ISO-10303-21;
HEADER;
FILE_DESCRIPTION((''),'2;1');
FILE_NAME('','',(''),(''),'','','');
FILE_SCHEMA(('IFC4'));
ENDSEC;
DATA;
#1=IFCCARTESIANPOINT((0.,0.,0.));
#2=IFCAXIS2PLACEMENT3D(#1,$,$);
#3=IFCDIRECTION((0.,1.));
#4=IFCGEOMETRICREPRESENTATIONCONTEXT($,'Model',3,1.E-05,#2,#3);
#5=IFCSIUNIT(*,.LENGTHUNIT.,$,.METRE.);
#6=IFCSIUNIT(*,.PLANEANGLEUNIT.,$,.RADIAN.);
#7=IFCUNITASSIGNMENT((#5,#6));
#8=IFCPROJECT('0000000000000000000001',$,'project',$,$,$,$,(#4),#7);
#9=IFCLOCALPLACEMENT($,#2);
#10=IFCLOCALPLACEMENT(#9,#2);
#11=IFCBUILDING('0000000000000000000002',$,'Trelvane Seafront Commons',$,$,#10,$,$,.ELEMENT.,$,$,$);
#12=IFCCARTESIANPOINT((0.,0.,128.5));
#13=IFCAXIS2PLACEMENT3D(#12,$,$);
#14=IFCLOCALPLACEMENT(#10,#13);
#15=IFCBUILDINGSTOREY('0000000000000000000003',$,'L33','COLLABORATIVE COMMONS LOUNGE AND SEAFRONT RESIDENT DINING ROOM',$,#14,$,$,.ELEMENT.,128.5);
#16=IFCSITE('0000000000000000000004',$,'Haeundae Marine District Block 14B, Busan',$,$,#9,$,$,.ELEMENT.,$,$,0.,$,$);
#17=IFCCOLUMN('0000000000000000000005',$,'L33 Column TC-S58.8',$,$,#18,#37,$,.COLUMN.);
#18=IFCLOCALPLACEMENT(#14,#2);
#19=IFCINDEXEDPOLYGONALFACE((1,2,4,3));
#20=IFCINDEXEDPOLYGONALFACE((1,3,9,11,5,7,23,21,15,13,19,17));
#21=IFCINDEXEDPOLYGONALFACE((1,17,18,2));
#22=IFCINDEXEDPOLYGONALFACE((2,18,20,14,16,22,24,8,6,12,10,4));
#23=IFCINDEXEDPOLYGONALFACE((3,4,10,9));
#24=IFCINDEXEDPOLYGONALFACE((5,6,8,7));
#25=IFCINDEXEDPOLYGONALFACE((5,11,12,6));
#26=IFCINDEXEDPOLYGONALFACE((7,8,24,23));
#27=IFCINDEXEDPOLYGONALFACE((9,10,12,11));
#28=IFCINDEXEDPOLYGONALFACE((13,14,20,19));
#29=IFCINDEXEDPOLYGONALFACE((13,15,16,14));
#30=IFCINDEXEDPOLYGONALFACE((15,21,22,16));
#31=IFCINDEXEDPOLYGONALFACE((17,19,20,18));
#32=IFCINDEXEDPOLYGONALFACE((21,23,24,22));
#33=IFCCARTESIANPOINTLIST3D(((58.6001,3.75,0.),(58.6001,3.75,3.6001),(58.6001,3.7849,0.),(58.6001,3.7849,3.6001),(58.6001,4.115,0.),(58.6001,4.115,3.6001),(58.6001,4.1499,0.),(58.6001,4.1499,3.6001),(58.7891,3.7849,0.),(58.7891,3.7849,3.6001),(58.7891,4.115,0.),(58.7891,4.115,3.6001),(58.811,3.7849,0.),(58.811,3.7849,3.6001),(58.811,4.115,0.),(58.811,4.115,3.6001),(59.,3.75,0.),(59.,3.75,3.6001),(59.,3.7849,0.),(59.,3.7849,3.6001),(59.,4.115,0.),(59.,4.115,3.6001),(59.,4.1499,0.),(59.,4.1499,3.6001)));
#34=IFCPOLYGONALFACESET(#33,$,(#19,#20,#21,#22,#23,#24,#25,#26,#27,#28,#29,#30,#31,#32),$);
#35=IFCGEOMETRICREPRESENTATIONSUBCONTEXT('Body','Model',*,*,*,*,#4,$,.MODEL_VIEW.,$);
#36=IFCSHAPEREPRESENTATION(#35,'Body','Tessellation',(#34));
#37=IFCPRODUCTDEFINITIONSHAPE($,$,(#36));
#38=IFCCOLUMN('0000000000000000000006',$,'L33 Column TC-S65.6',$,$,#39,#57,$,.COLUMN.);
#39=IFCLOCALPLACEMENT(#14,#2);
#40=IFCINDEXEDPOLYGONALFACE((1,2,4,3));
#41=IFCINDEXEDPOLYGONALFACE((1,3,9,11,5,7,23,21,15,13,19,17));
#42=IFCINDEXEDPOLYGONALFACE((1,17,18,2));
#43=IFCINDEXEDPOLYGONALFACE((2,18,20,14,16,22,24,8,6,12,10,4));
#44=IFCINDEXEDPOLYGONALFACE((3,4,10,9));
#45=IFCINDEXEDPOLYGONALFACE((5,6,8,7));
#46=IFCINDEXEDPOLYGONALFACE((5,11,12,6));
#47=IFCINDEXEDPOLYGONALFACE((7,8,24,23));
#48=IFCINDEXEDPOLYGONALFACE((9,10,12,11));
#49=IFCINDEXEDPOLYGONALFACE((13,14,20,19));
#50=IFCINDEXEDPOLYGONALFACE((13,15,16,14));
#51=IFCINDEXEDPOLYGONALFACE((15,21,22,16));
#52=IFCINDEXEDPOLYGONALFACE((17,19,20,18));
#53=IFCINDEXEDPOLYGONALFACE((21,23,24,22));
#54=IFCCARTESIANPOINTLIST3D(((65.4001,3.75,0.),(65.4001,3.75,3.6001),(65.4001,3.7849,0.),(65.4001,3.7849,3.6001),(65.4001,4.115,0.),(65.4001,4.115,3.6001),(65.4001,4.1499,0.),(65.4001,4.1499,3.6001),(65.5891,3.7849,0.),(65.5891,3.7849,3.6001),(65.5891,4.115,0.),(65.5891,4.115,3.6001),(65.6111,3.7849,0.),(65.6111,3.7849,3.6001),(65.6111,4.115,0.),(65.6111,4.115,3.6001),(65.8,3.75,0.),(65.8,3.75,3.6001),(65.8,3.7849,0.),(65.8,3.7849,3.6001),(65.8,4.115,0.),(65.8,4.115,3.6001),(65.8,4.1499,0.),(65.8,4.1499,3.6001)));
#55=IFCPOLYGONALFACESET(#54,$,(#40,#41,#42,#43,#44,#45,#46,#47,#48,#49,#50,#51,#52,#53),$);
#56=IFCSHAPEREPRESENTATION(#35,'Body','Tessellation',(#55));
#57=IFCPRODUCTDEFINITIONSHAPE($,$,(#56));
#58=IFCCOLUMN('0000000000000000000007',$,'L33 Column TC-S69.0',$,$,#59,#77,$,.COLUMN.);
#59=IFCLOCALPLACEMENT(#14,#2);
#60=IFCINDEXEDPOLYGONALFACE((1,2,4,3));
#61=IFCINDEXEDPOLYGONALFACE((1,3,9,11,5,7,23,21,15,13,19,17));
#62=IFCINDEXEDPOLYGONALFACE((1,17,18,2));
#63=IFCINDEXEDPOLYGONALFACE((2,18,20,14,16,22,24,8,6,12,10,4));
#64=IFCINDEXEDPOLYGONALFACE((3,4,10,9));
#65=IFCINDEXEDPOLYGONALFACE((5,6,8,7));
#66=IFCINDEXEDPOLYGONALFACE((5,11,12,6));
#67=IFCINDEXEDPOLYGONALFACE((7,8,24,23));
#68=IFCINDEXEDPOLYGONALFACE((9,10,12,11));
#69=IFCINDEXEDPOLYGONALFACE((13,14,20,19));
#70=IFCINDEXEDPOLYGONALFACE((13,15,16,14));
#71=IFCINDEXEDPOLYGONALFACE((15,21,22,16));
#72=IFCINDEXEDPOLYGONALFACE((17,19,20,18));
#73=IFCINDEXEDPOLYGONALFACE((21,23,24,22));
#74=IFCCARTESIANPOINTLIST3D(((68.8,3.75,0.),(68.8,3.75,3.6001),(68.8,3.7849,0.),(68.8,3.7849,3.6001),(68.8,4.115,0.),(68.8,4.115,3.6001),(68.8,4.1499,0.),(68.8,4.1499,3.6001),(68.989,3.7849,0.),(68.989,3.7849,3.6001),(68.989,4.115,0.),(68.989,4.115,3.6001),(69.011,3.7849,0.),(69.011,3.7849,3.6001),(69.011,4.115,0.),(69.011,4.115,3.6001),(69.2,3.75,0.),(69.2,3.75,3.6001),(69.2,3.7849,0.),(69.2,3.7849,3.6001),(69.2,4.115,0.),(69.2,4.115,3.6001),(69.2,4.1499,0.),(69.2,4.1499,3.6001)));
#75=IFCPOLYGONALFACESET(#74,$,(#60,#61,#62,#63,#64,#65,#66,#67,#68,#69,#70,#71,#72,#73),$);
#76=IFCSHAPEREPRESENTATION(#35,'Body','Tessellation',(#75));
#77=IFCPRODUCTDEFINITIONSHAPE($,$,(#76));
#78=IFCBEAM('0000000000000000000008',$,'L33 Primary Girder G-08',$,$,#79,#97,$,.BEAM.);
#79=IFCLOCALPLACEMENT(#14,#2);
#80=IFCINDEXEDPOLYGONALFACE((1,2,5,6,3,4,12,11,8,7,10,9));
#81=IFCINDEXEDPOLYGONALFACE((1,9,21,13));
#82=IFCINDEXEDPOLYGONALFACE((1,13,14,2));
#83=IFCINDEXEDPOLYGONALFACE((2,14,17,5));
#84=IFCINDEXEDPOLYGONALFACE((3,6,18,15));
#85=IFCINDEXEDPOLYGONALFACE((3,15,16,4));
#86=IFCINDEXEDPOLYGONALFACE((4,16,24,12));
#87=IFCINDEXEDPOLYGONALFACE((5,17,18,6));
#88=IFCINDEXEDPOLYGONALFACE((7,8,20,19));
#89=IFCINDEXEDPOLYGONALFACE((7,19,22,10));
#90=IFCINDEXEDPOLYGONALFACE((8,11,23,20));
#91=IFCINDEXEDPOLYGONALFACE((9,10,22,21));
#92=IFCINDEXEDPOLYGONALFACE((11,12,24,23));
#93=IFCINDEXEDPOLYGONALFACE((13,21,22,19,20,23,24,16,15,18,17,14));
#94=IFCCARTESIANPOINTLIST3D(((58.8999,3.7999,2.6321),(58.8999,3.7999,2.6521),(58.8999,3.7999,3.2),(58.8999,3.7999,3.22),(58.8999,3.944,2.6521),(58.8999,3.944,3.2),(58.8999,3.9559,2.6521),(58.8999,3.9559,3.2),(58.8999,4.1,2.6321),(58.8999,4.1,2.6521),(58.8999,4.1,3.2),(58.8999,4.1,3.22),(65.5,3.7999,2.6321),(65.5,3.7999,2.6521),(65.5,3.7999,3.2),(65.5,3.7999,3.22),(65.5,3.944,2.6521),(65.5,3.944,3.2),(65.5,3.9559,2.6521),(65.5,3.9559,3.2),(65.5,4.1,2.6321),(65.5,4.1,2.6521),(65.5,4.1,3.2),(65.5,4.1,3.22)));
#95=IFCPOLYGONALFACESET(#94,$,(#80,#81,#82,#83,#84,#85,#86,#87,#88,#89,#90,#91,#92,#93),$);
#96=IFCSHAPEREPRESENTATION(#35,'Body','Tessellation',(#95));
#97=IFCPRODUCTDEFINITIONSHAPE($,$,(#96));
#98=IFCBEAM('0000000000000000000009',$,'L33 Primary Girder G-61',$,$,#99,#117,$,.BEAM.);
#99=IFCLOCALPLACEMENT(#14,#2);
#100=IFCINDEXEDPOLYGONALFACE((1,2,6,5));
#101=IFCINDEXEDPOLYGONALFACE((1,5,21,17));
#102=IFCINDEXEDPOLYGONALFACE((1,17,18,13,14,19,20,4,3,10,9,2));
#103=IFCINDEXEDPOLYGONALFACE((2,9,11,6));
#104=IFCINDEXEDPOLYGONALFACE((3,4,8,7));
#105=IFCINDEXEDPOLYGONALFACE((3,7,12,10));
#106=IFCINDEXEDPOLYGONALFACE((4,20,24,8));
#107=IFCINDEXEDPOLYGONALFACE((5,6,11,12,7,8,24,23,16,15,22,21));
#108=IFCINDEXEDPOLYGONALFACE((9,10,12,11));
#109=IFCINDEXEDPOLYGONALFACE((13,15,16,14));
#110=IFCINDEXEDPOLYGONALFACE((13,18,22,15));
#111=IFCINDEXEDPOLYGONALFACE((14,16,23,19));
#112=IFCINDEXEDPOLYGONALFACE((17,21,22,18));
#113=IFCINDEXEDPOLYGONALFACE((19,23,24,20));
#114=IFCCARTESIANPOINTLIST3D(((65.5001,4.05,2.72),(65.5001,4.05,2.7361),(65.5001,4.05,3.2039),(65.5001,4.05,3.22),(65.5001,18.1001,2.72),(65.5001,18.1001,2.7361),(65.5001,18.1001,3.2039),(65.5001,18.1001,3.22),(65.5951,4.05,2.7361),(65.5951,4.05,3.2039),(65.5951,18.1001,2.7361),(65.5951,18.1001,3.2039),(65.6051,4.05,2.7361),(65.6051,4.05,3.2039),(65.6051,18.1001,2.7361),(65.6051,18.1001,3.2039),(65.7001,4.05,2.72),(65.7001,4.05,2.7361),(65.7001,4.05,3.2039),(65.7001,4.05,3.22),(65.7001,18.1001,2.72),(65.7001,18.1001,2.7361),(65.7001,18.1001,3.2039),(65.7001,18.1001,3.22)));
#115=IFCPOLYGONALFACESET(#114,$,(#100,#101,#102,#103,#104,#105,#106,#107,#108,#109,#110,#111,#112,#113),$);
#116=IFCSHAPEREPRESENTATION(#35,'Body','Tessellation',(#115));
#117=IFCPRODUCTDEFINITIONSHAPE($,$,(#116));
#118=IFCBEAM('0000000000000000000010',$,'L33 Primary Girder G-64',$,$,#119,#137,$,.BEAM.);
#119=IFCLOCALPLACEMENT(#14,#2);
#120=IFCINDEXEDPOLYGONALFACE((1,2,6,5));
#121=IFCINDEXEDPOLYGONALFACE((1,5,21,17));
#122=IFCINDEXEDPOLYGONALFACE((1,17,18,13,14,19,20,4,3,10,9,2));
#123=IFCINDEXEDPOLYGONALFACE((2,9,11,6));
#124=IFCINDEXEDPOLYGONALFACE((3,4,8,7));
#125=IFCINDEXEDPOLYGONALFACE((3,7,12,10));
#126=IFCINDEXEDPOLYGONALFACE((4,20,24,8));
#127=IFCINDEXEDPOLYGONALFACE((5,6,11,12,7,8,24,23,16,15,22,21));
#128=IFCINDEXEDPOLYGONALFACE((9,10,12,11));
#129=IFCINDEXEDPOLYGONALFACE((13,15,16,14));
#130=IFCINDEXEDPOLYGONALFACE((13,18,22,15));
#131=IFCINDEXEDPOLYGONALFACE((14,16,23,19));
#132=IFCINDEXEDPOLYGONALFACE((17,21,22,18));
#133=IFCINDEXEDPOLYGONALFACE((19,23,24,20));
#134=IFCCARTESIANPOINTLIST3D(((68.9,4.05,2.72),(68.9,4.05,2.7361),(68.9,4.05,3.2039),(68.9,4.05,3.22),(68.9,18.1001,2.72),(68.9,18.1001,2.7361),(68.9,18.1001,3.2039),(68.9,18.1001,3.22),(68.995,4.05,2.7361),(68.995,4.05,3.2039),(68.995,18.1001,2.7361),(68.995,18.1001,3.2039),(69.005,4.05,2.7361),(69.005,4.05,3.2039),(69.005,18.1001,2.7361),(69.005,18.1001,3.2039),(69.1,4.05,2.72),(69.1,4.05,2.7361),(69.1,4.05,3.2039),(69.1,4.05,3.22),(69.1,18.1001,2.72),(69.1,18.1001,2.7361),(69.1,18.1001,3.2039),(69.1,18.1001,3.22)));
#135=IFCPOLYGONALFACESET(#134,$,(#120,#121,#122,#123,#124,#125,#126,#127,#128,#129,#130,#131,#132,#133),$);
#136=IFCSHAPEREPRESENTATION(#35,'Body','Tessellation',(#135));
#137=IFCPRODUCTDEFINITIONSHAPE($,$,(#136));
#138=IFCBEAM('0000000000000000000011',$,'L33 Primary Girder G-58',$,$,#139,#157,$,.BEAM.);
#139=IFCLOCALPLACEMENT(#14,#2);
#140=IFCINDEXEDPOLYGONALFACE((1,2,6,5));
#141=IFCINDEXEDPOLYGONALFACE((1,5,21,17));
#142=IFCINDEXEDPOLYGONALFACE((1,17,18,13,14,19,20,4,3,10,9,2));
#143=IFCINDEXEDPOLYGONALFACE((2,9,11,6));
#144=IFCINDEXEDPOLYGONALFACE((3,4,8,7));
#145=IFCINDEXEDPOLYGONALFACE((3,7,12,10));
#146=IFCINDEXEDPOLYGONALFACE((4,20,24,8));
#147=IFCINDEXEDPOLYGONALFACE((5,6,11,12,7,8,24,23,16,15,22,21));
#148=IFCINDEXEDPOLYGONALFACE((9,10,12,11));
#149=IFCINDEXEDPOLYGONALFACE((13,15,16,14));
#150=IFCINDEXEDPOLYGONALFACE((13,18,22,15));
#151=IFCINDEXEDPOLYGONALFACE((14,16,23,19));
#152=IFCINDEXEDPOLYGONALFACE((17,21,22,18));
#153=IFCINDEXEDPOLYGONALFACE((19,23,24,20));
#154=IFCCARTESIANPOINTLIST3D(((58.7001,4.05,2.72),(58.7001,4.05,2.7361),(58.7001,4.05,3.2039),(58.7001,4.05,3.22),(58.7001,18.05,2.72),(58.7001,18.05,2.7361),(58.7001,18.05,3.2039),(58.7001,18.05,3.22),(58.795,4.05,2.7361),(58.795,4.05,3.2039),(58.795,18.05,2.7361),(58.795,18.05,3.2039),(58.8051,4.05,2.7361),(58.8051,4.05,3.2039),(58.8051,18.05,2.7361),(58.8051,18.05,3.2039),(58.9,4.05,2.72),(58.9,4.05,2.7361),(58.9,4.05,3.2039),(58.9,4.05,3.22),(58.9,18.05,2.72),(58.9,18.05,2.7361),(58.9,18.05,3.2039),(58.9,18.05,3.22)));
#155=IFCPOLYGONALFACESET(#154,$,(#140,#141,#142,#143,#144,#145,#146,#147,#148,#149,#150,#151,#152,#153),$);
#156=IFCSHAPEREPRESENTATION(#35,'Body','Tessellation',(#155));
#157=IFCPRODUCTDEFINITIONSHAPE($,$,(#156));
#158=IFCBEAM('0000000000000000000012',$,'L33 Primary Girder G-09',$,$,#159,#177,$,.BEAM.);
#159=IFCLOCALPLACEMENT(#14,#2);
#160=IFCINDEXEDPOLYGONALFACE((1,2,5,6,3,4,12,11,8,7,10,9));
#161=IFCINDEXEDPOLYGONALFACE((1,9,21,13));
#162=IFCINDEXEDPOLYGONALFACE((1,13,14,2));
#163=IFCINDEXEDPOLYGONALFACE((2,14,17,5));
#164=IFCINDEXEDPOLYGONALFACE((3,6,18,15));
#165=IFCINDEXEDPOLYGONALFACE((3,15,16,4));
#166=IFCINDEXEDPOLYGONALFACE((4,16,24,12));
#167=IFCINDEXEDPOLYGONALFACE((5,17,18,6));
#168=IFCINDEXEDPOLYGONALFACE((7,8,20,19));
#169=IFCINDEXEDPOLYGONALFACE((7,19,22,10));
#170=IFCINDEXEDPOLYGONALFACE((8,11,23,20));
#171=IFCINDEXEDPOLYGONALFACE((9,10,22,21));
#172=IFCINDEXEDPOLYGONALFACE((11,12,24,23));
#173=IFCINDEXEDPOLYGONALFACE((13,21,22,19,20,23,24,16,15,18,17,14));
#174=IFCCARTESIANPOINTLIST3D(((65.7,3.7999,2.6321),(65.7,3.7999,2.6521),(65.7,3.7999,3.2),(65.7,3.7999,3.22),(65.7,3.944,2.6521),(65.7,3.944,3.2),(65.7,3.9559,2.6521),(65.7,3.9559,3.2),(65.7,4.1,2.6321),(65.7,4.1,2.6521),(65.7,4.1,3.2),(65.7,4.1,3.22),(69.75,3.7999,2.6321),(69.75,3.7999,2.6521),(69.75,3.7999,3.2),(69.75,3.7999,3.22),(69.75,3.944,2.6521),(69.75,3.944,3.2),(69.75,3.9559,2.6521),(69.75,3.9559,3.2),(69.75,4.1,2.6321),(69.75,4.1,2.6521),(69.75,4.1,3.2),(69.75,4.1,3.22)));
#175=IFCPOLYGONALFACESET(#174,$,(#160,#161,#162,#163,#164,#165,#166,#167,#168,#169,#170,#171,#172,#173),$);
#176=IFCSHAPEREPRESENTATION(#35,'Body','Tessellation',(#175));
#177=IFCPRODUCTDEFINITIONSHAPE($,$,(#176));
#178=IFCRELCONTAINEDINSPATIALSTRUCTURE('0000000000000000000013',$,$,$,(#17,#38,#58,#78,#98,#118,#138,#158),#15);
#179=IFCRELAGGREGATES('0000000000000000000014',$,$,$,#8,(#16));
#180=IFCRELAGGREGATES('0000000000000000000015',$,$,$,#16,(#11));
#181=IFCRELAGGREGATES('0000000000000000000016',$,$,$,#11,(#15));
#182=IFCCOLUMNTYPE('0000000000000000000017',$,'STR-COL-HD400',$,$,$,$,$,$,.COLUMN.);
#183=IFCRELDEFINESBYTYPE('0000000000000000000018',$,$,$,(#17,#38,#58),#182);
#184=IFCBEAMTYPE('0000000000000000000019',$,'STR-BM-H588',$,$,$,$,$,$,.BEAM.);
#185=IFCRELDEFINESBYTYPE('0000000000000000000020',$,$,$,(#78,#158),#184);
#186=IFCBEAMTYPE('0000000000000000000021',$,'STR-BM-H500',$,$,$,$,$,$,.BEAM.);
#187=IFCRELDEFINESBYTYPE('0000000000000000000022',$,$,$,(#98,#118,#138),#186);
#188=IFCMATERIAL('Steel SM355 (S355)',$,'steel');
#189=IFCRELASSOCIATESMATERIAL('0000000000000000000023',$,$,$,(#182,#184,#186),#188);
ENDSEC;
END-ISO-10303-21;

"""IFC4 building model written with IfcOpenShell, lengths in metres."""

from ifc_helpers import new_model, si_unit, direction, frame, origin, origin_2d, place, context, subcontext, project, spatial, i_section, extrude, source, transform, mapped, material, material_profile, profile_set, type_object, element, save


model = new_model("IFC4")

# Units and contexts
model_context = context("Model", 3, precision=1e-05, world=origin(), true_north=direction((0.0, 1.0)))
body_context = subcontext(model_context, "Body", "Model", "MODEL_VIEW")
ifc_project = project(units=[si_unit("LENGTHUNIT", "METRE"), si_unit("PLANEANGLEUNIT", "RADIAN")], contexts=[model_context])

# Site, building, storey
site_placement = place(None, origin())
site = spatial("IfcSite", under=ifc_project, at=site_placement, Name="Haeundae Marine District Block 14B, Busan", CompositionType="ELEMENT", RefElevation=0.0)
building_placement = place(site_placement, origin())
building = spatial("IfcBuilding", under=site, at=building_placement, Name="Trelvane Seafront Commons", CompositionType="ELEMENT")
storey_placement = place(building_placement, frame((0.0, 0.0, 128.5)))
storey = spatial("IfcBuildingStorey", under=building, at=storey_placement, Name="L33", Description="COLLABORATIVE COMMONS LOUNGE AND SEAFRONT RESIDENT DINING ROOM", CompositionType="ELEMENT", Elevation=128.5)

# Columns
ifc_material_1 = material(Name="Steel SM355 (S355)", Category="steel")
ifc_material_profile_1 = material_profile(ifc_material_1, i_section(OverallWidth=0.3999, OverallDepth=0.3999, WebThickness=0.022, FlangeThickness=0.0349, at=origin_2d()), Name="HD-400x400x22x35")
ifc_profile_set_1 = profile_set([ifc_material_profile_1], Name="Steel SM355 (S355)")
column_type = type_object("IfcColumnType", Name="STR-COL-HD400", PredefinedType="COLUMN", material=ifc_profile_set_1)
shared_shape_1 = source(origin(), body_context, "Body", "SweptSolid", [
    extrude(i_section(OverallWidth=0.3999, OverallDepth=0.3999, WebThickness=0.022, FlangeThickness=0.0349, at=origin_2d()), origin(), (0.0, 0.0, 1.0), 3.6001),
])
for number, where, z_axis, x_axis, name in (
    (1, (58.8, 3.95, 0.0), (0.0, 0.0, 1.0), (1.0, 0.0, 0.0), "L33 Column TC-S58.8"),
    (2, (65.6001, 3.95, 0.0), (0.0, 0.0, 1.0), (1.0, 0.0, 0.0), "L33 Column TC-S65.6"),
    (3, (69.0, 3.95, 0.0), (0.0, 0.0, 1.0), (1.0, 0.0, 0.0), "L33 Column TC-S69.0"),
):
    element("IfcColumn", number, at=place(storey_placement, frame(where, z_axis=z_axis, x_axis=x_axis)), inside=storey, type_object=column_type, Name=name, PredefinedType="COLUMN", context=body_context, shape_type="MappedRepresentation", body=[
        mapped(shared_shape_1, transform((0.0, 0.0, 0.0), x_axis=(1.0, 0.0, 0.0), y_axis=(0.0, 1.0, 0.0), z_axis=(0.0, 0.0, 1.0), scale=1.0)),
    ])

# Beams
ifc_material_profile_2 = material_profile(ifc_material_1, i_section(OverallWidth=0.3, OverallDepth=0.5879, WebThickness=0.012, FlangeThickness=0.02, at=origin_2d()), Name="H-588x300x12x20")
ifc_profile_set_2 = profile_set([ifc_material_profile_2], Name="Steel SM355 (S355)")
beam_type_1 = type_object("IfcBeamType", Name="STR-BM-H588", PredefinedType="BEAM", material=ifc_profile_set_2)
shared_shape_2 = source(origin(), body_context, "Body", "SweptSolid", [
    extrude(i_section(OverallWidth=0.3, OverallDepth=0.5879, WebThickness=0.012, FlangeThickness=0.02, at=origin_2d()), origin(), (0.0, 0.0, 1.0), 6.6001),
])
beam_1_placement = place(storey_placement, frame((58.8999, 3.95, 2.926), z_axis=(1.0, 0.0, 0.0), x_axis=(0.0, 1.0, 0.0)))
element("IfcBeam", 4, at=beam_1_placement, inside=storey, type_object=beam_type_1, Name="L33 Primary Girder G-08", PredefinedType="BEAM", context=body_context, shape_type="MappedRepresentation", body=[
    mapped(shared_shape_2, transform((0.0, 0.0, 0.0), x_axis=(1.0, 0.0, 0.0), y_axis=(0.0, 1.0, 0.0), z_axis=(0.0, 0.0, 1.0), scale=1.0)),
])
ifc_material_profile_3 = material_profile(ifc_material_1, i_section(OverallWidth=0.2, OverallDepth=0.5, WebThickness=0.01, FlangeThickness=0.0161, at=origin_2d()), Name="H-500x200x10x16")
ifc_profile_set_3 = profile_set([ifc_material_profile_3], Name="Steel SM355 (S355)")
beam_type_2 = type_object("IfcBeamType", Name="STR-BM-H500", PredefinedType="BEAM", material=ifc_profile_set_3)
shared_shape_3 = source(origin(), body_context, "Body", "SweptSolid", [
    extrude(i_section(OverallWidth=0.2, OverallDepth=0.5, WebThickness=0.01, FlangeThickness=0.0161, at=origin_2d()), origin(), (0.0, 0.0, 1.0), 14.05),
])
for number, where, z_axis, x_axis, name in (
    (5, (65.6001, 4.05, 2.97), (0.0, 1.0, 0.0), (-1.0, 0.0, 0.0), "L33 Primary Girder G-61"),
    (6, (69.0, 4.05, 2.97), (0.0, 1.0, 0.0), (-1.0, 0.0, 0.0), "L33 Primary Girder G-64"),
):
    element("IfcBeam", number, at=place(storey_placement, frame(where, z_axis=z_axis, x_axis=x_axis)), inside=storey, type_object=beam_type_2, Name=name, PredefinedType="BEAM", context=body_context, shape_type="MappedRepresentation", body=[
        mapped(shared_shape_3, transform((0.0, 0.0, 0.0), x_axis=(1.0, 0.0, 0.0), y_axis=(0.0, 1.0, 0.0), z_axis=(0.0, 0.0, 1.0), scale=1.0)),
    ])
shared_shape_4 = source(origin(), body_context, "Body", "SweptSolid", [
    extrude(i_section(OverallWidth=0.2, OverallDepth=0.5, WebThickness=0.01, FlangeThickness=0.0161, at=origin_2d()), origin(), (0.0, 0.0, 1.0), 14.0),
])
beam_2_placement = place(storey_placement, frame((58.8, 4.05, 2.97), z_axis=(0.0, 1.0, 0.0), x_axis=(-1.0, 0.0, 0.0)))
element("IfcBeam", 7, at=beam_2_placement, inside=storey, type_object=beam_type_2, Name="L33 Primary Girder G-58", PredefinedType="BEAM", context=body_context, shape_type="MappedRepresentation", body=[
    mapped(shared_shape_4, transform((0.0, 0.0, 0.0), x_axis=(1.0, 0.0, 0.0), y_axis=(0.0, 1.0, 0.0), z_axis=(0.0, 0.0, 1.0), scale=1.0)),
])
shared_shape_5 = source(origin(), body_context, "Body", "SweptSolid", [
    extrude(i_section(OverallWidth=0.3, OverallDepth=0.5879, WebThickness=0.012, FlangeThickness=0.02, at=origin_2d()), origin(), (0.0, 0.0, 1.0), 4.05),
])
beam_3_placement = place(storey_placement, frame((65.7, 3.95, 2.926), z_axis=(1.0, 0.0, 0.0), x_axis=(0.0, 1.0, 0.0)))
element("IfcBeam", 8, at=beam_3_placement, inside=storey, type_object=beam_type_1, Name="L33 Primary Girder G-09", PredefinedType="BEAM", context=body_context, shape_type="MappedRepresentation", body=[
    mapped(shared_shape_5, transform((0.0, 0.0, 0.0), x_axis=(1.0, 0.0, 0.0), y_axis=(0.0, 1.0, 0.0), z_axis=(0.0, 0.0, 1.0), scale=1.0)),
])

save(model, "model.ifc")
